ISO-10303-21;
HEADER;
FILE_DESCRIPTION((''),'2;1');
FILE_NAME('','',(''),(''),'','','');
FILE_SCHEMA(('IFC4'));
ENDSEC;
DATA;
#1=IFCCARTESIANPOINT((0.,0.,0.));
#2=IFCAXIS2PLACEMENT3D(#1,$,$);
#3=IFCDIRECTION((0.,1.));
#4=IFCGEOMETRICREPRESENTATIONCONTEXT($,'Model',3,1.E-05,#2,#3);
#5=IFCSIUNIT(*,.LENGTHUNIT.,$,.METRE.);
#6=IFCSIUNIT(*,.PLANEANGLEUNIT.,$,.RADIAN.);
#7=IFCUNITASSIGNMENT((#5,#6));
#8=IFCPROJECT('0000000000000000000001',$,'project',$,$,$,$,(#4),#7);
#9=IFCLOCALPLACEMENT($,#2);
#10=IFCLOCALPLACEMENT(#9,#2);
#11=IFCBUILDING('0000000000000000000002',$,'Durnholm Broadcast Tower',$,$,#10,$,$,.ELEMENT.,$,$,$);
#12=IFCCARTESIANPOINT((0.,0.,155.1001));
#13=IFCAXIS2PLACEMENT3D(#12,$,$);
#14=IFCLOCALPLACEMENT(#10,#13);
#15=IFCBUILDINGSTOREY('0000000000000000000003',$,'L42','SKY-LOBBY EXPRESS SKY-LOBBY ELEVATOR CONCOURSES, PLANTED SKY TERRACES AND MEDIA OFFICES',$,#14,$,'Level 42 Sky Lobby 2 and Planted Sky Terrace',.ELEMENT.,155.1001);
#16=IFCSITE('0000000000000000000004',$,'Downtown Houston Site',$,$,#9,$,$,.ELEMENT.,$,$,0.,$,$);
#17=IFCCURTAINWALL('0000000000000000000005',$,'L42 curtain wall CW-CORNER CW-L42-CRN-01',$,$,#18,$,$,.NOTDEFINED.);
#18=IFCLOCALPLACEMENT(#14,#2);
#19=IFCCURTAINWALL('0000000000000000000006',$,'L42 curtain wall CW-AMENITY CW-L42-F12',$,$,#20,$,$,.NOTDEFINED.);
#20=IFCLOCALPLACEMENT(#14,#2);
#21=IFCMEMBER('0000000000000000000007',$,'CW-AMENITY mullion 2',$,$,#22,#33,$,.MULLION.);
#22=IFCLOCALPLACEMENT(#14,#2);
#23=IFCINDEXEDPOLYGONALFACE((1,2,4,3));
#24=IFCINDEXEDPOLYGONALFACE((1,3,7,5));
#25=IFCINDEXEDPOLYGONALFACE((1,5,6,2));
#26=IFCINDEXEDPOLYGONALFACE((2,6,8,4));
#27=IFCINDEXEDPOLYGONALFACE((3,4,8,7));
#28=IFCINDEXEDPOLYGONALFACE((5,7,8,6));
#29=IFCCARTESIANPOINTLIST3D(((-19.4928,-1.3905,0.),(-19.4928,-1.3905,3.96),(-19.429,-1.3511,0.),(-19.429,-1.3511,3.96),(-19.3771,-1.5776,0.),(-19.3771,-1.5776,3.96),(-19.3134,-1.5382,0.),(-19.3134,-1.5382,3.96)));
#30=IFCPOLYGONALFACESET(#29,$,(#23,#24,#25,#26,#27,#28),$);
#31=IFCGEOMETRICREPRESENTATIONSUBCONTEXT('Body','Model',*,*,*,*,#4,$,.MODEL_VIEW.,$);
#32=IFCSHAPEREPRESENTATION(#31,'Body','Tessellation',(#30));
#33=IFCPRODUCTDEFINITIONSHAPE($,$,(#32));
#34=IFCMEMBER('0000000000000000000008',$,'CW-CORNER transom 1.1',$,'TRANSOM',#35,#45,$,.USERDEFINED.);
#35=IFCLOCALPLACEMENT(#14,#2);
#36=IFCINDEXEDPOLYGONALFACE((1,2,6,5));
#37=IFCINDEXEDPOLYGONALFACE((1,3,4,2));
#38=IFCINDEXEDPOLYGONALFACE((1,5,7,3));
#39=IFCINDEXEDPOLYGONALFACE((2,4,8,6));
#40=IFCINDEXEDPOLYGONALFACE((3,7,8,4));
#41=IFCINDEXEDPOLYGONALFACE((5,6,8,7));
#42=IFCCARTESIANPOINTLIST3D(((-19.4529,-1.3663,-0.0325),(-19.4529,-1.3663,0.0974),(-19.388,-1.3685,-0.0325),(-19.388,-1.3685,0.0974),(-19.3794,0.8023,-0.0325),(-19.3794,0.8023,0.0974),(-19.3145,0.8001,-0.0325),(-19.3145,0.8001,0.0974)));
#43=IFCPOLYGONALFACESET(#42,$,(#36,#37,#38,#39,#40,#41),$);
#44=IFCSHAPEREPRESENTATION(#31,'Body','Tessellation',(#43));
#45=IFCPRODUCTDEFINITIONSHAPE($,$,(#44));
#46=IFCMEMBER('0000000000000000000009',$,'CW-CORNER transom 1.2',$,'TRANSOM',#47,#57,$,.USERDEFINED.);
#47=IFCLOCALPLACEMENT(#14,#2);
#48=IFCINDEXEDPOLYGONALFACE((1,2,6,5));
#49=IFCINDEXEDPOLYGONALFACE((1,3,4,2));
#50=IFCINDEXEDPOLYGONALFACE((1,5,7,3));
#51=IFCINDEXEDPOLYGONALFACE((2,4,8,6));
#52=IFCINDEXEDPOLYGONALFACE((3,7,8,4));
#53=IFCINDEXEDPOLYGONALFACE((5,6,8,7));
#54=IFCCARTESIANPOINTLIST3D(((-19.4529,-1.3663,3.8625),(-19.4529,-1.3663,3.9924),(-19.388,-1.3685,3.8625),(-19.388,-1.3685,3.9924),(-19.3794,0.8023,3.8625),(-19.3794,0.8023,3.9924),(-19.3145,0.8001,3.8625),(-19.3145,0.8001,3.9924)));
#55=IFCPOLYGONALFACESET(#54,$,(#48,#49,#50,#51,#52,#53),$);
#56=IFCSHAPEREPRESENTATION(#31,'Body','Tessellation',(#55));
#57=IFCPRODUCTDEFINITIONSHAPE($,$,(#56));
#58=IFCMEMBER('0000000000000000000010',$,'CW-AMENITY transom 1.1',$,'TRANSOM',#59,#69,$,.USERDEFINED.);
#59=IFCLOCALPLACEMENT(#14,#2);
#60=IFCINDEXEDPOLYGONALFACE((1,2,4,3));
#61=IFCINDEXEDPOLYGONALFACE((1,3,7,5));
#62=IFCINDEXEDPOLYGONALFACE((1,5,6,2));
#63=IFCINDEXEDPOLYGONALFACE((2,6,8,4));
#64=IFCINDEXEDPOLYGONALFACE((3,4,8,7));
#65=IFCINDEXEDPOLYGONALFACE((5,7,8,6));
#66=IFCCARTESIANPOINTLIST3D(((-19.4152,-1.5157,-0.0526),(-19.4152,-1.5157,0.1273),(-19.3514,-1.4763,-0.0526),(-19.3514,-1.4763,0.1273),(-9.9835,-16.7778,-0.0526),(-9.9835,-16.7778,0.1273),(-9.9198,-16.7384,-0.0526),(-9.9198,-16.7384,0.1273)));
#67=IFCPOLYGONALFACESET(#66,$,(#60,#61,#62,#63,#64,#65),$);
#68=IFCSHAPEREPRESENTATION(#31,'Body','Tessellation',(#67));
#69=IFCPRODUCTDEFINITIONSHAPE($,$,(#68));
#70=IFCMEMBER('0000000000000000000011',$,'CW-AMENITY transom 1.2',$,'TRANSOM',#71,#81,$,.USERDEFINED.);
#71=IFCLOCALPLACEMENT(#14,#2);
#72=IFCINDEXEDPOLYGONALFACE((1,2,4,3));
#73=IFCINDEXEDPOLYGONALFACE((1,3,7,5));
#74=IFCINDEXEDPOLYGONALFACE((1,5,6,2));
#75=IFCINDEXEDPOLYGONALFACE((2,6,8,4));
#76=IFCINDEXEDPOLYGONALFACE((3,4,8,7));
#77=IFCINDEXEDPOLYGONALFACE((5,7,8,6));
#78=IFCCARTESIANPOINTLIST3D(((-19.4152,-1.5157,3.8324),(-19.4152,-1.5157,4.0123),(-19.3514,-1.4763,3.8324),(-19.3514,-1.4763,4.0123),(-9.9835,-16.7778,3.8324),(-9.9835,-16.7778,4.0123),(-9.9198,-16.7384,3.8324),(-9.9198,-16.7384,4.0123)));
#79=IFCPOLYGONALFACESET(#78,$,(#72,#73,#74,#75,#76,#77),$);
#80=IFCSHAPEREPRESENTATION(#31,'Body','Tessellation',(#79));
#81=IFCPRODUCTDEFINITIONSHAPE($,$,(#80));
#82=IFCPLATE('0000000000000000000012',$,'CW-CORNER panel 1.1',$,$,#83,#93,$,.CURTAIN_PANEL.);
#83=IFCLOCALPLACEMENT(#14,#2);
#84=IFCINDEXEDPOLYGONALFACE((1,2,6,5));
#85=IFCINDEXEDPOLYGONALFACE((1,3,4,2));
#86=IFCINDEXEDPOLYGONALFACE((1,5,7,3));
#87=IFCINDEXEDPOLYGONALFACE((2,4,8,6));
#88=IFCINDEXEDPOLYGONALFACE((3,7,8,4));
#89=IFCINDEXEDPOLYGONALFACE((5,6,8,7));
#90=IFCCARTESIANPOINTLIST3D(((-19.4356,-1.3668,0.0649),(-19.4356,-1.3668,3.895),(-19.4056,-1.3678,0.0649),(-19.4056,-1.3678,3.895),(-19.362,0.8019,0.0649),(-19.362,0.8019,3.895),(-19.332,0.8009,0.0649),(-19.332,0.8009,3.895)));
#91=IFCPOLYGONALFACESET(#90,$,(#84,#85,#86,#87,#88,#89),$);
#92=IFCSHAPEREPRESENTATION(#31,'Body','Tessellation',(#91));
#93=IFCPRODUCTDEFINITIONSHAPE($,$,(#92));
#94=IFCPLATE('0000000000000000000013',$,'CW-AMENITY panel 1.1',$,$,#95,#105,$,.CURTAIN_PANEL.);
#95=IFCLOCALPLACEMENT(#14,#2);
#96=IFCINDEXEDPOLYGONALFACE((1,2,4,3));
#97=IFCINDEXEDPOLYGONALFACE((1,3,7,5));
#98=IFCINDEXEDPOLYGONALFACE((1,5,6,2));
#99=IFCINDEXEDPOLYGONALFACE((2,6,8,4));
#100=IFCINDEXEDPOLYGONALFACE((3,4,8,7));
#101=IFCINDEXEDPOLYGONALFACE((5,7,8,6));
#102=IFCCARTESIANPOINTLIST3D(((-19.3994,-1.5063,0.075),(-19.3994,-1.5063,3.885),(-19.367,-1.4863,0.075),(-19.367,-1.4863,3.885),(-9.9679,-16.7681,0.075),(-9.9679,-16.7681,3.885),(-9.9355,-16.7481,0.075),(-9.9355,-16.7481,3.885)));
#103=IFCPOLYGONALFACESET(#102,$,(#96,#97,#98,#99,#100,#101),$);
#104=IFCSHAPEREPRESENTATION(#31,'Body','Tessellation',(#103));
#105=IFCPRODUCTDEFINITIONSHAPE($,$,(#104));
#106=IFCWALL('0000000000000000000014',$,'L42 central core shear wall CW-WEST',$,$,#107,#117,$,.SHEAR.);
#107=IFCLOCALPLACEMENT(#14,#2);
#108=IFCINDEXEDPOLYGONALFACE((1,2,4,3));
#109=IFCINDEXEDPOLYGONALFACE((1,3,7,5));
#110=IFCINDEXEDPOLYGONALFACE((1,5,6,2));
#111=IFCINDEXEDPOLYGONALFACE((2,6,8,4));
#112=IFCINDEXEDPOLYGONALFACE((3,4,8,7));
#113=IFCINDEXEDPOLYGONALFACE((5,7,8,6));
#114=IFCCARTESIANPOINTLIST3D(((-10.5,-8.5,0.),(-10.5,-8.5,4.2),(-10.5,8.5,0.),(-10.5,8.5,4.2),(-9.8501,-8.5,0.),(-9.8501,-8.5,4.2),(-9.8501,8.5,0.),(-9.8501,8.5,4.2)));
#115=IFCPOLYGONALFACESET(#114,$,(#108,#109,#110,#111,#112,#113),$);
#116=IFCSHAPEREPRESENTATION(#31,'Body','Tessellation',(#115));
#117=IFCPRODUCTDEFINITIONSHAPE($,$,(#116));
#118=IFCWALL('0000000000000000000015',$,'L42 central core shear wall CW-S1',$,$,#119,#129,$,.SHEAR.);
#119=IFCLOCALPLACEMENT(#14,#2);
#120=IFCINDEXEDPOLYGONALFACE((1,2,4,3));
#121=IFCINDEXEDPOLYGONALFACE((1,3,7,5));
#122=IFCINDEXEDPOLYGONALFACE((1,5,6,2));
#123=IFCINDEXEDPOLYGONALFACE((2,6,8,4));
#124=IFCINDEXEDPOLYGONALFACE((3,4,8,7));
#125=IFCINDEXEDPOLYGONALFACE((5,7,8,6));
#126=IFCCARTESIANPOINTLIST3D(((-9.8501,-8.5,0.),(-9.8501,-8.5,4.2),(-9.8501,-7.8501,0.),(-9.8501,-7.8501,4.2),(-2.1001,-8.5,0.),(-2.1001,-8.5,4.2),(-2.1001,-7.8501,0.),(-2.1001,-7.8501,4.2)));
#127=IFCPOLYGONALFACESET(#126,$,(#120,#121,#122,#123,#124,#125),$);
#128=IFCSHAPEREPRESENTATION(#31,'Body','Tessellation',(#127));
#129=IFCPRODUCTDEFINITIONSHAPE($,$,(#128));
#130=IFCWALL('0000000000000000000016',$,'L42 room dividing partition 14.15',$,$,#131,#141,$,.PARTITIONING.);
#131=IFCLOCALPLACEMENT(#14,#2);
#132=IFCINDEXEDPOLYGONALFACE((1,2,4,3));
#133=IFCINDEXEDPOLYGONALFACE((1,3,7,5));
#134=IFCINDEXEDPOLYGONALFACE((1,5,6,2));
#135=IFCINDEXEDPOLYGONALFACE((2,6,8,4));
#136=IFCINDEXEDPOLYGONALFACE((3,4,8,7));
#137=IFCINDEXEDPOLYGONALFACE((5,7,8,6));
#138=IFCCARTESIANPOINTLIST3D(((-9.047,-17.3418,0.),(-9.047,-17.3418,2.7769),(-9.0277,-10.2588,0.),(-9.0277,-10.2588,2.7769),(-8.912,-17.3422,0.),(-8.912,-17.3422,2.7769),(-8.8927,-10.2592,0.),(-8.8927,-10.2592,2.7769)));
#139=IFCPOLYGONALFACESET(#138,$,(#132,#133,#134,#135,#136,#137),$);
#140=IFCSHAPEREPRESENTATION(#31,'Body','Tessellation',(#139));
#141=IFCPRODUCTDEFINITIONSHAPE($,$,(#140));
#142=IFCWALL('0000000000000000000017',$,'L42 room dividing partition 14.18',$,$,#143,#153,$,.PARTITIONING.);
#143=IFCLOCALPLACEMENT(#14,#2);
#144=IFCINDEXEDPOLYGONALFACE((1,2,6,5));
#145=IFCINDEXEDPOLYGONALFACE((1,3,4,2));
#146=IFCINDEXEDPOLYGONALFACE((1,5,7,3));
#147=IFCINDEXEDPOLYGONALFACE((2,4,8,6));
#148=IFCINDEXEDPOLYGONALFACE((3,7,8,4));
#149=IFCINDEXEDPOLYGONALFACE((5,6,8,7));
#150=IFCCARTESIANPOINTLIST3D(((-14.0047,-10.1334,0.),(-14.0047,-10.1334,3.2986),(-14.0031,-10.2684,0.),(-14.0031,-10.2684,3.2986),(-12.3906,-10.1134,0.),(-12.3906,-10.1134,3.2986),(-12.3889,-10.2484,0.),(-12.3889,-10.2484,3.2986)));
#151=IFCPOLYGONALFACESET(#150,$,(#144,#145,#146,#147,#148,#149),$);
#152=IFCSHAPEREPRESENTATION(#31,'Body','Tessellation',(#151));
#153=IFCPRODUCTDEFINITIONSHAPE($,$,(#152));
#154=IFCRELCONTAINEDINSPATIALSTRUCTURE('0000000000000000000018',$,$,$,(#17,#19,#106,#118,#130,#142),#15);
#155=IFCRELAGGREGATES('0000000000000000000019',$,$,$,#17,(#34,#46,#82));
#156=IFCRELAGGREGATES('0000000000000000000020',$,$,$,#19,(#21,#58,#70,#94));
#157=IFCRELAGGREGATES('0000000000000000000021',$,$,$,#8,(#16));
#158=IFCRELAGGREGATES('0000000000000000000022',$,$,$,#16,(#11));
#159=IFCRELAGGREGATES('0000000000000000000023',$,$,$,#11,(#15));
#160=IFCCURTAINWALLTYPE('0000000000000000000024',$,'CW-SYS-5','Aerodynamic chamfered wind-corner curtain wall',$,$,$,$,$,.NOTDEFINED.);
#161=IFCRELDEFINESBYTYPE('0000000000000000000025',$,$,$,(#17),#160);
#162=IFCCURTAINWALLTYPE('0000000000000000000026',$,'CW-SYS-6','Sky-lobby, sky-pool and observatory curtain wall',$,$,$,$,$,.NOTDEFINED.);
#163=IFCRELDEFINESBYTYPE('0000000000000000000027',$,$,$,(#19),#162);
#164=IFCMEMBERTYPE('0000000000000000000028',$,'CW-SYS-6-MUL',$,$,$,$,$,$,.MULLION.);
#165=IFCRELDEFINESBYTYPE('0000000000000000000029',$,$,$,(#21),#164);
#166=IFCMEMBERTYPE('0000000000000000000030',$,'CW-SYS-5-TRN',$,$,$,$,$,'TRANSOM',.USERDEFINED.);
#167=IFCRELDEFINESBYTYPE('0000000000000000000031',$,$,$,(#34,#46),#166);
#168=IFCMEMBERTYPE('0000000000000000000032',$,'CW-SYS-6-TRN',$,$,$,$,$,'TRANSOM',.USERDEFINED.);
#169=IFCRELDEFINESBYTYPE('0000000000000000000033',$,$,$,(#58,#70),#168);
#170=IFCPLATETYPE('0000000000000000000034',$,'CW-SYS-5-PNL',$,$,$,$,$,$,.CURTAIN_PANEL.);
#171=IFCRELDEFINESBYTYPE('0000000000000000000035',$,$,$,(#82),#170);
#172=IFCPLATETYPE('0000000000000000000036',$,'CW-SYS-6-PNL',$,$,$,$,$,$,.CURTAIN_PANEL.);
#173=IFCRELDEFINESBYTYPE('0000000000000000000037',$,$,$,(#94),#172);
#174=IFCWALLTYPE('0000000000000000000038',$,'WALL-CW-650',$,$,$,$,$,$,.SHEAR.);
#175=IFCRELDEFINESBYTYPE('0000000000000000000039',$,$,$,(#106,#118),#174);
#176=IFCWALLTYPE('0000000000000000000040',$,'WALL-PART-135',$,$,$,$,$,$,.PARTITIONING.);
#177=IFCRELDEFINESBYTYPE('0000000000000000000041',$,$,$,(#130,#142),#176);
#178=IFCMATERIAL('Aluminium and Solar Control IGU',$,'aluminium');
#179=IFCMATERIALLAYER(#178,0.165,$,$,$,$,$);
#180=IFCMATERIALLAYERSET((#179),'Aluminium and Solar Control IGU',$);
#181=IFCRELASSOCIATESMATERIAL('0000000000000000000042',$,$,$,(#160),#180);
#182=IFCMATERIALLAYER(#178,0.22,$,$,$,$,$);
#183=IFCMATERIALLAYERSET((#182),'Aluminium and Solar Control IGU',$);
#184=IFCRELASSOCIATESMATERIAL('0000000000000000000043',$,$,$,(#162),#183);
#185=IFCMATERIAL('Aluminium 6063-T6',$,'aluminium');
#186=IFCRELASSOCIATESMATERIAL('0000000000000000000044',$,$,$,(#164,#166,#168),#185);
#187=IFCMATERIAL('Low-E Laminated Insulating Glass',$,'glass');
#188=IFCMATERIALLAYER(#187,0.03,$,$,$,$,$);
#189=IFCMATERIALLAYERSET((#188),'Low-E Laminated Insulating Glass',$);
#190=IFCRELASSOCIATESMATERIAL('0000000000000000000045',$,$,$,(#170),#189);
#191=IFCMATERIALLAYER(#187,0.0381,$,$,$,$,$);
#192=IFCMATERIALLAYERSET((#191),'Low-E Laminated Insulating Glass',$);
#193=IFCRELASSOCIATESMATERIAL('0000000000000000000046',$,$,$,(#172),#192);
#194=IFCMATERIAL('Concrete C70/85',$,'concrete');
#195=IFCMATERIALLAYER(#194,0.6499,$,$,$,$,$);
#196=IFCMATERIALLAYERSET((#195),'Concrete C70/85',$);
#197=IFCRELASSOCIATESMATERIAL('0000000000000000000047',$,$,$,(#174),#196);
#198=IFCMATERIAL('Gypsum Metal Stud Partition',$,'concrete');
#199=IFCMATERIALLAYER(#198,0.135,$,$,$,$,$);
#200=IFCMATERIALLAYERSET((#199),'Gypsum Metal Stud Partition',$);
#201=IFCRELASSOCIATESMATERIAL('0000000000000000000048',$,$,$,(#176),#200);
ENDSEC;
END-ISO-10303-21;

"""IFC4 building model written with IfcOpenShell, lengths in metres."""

from ifc_helpers import new_model, si_unit, direction, frame, frame_2d, origin, origin_2d, place, context, subcontext, project, spatial, rectangle, extrude, source, transform, mapped, material, layer, layer_set, material_profile, profile_set, type_object, type_shapes, element, aggregate, save


model = new_model("IFC4")

# Units and contexts
model_context = context("Model", 3, precision=1e-05, world=origin(), true_north=direction((0.0, 1.0)))
body_context = subcontext(model_context, "Body", "Model", "MODEL_VIEW")
ifc_project = project(units=[si_unit("LENGTHUNIT", "METRE"), si_unit("PLANEANGLEUNIT", "RADIAN")], contexts=[model_context])

# Site, building, storey
site_placement = place(None, origin())
site = spatial("IfcSite", under=ifc_project, at=site_placement, Name="Downtown Houston Site", CompositionType="ELEMENT", RefElevation=0.0)
building_placement = place(site_placement, origin())
building = spatial("IfcBuilding", under=site, at=building_placement, Name="Durnholm Broadcast Tower", CompositionType="ELEMENT")
storey_placement = place(building_placement, frame((0.0, 0.0, 155.1001)))
storey = spatial("IfcBuildingStorey", under=building, at=storey_placement, Name="L42", Description="SKY-LOBBY EXPRESS SKY-LOBBY ELEVATOR CONCOURSES, PLANTED SKY TERRACES AND MEDIA OFFICES", LongName="Level 42 Sky Lobby 2 and Planted Sky Terrace", CompositionType="ELEMENT", Elevation=155.1001)

# Shared definitions
ifc_material_1 = material(Name="Concrete C70/85", Category="concrete")

# Curtain wall
ifc_material_2 = material(Name="Aluminium and Solar Control IGU", Category="aluminium")
ifc_layer_1 = layer(ifc_material_2, 0.165)
ifc_layer_set_1 = layer_set([ifc_layer_1], Name="Aluminium and Solar Control IGU")
curtain_wall_type_1 = type_object("IfcCurtainWallType", Name="CW-SYS-5", Description="Aerodynamic chamfered wind-corner curtain wall", PredefinedType="NOTDEFINED", material=ifc_layer_set_1)
curtain_wall_1_placement = place(storey_placement, origin())
curtain_wall_1 = element("IfcCurtainWall", 1, at=curtain_wall_1_placement, inside=storey, type_object=curtain_wall_type_1, Name="L42 curtain wall CW-CORNER CW-L42-CRN-01", PredefinedType="NOTDEFINED")
ifc_material_3 = material(Name="Aluminium 6063-T6", Category="aluminium")

# Curtain wall, member
ifc_layer_2 = layer(ifc_material_2, 0.22)
ifc_layer_set_2 = layer_set([ifc_layer_2], Name="Aluminium and Solar Control IGU")
curtain_wall_type_2 = type_object("IfcCurtainWallType", Name="CW-SYS-6", Description="Sky-lobby, sky-pool and observatory curtain wall", PredefinedType="NOTDEFINED", material=ifc_layer_set_2)
curtain_wall_2_placement = place(storey_placement, origin())
curtain_wall_2 = element("IfcCurtainWall", 2, at=curtain_wall_2_placement, inside=storey, type_object=curtain_wall_type_2, Name="L42 curtain wall CW-AMENITY CW-L42-F12", PredefinedType="NOTDEFINED")
ifc_material_profile_1 = material_profile(ifc_material_3, rectangle(XDim=0.075, YDim=0.22, at=origin_2d()), Name="CWM75X220")
ifc_profile_set_1 = profile_set([ifc_material_profile_1], Name="Aluminium 6063-T6")
member_type_1 = type_object("IfcMemberType", Name="CW-SYS-6-MUL", PredefinedType="MULLION", material=ifc_profile_set_1)
shared_shape_1 = source(origin(), body_context, "Body", "SweptSolid", [
    extrude(rectangle(XDim=0.075, YDim=0.22, at=origin_2d()), origin(), (0.0, 0.0, 1.0), 3.96),
])
type_shapes(member_type_1, [shared_shape_1])
member_1_placement = place(storey_placement, frame((-19.4031, -1.4644, 0.0), z_axis=(0.0, 0.0, 1.0), x_axis=(-0.850671, -0.525698, 0.0)))
member_1 = element("IfcMember", 3, at=member_1_placement, type_object=member_type_1, Name="CW-AMENITY mullion 2", PredefinedType="MULLION", context=body_context, shape_type="MappedRepresentation", body=[
    mapped(shared_shape_1, transform((0.0, 0.0, 0.0), x_axis=(1.0, 0.0, 0.0), y_axis=(0.0, 1.0, 0.0), z_axis=(0.0, 0.0, 1.0), scale=1.0)),
])

# Members
ifc_material_profile_2 = material_profile(ifc_material_3, rectangle(XDim=0.0649, YDim=0.1299, at=origin_2d()), Name="CWT65X130")
ifc_profile_set_2 = profile_set([ifc_material_profile_2], Name="Aluminium 6063-T6")
member_type_2 = type_object("IfcMemberType", Name="CW-SYS-5-TRN", ElementType="TRANSOM", PredefinedType="USERDEFINED", material=ifc_profile_set_2)
shared_shape_2 = source(origin(), body_context, "Body", "SweptSolid", [
    extrude(rectangle(XDim=0.0649, YDim=0.1299, at=origin_2d()), origin(), (0.0, 0.0, 1.0), 2.1699),
])
type_shapes(member_type_2, [shared_shape_2])
member_2_placement = place(storey_placement, frame((-19.4204, -1.3674, 0.0325), z_axis=(0.033866, 0.999426, 0.0), x_axis=(-0.999426, 0.033866, 0.0)))
member_2 = element("IfcMember", 4, at=member_2_placement, type_object=member_type_2, Name="CW-CORNER transom 1.1", ObjectType="TRANSOM", PredefinedType="USERDEFINED", context=body_context, shape_type="MappedRepresentation", body=[
    mapped(shared_shape_2, transform((0.0, 0.0, 0.0), x_axis=(1.0, 0.0, 0.0), y_axis=(0.0, 1.0, 0.0), z_axis=(0.0, 0.0, 1.0), scale=1.0)),
])
member_3_placement = place(storey_placement, frame((-19.4204, -1.3674, 3.9275), z_axis=(0.033866, 0.999426, 0.0), x_axis=(-0.999426, 0.033866, 0.0)))
member_3 = element("IfcMember", 5, at=member_3_placement, type_object=member_type_2, Name="CW-CORNER transom 1.2", ObjectType="TRANSOM", PredefinedType="USERDEFINED", context=body_context, shape_type="MappedRepresentation", body=[
    mapped(shared_shape_2, transform((0.0, 0.0, 0.0), x_axis=(1.0, 0.0, 0.0), y_axis=(0.0, 1.0, 0.0), z_axis=(0.0, 0.0, 1.0), scale=1.0)),
])
ifc_material_profile_3 = material_profile(ifc_material_3, rectangle(XDim=0.075, YDim=0.1799, at=origin_2d()), Name="CWT75X180")
ifc_profile_set_3 = profile_set([ifc_material_profile_3], Name="Aluminium 6063-T6")
member_type_3 = type_object("IfcMemberType", Name="CW-SYS-6-TRN", ElementType="TRANSOM", PredefinedType="USERDEFINED", material=ifc_profile_set_3)
shared_shape_3 = source(origin(), body_context, "Body", "SweptSolid", [
    extrude(rectangle(XDim=0.075, YDim=0.1799, at=origin_2d()), origin(), (0.0, 0.0, 1.0), 17.9412),
])
type_shapes(member_type_3, [shared_shape_3])
member_4_placement = place(storey_placement, frame((-9.9517, -16.7581, 0.0374), z_axis=(-0.5257, 0.85067, 0.0), x_axis=(-0.85067, -0.5257, 0.0)))
member_4 = element("IfcMember", 6, at=member_4_placement, type_object=member_type_3, Name="CW-AMENITY transom 1.1", ObjectType="TRANSOM", PredefinedType="USERDEFINED", context=body_context, shape_type="MappedRepresentation", body=[
    mapped(shared_shape_3, transform((0.0, 0.0, 0.0), x_axis=(1.0, 0.0, 0.0), y_axis=(0.0, 1.0, 0.0), z_axis=(0.0, 0.0, 1.0), scale=1.0)),
])
member_5_placement = place(storey_placement, frame((-9.9517, -16.7581, 3.9224), z_axis=(-0.5257, 0.85067, 0.0), x_axis=(-0.85067, -0.5257, 0.0)))
member_5 = element("IfcMember", 7, at=member_5_placement, type_object=member_type_3, Name="CW-AMENITY transom 1.2", ObjectType="TRANSOM", PredefinedType="USERDEFINED", context=body_context, shape_type="MappedRepresentation", body=[
    mapped(shared_shape_3, transform((0.0, 0.0, 0.0), x_axis=(1.0, 0.0, 0.0), y_axis=(0.0, 1.0, 0.0), z_axis=(0.0, 0.0, 1.0), scale=1.0)),
])

# Plates
ifc_material_4 = material(Name="Low-E Laminated Insulating Glass", Category="glass")
ifc_layer_3 = layer(ifc_material_4, 0.03)
ifc_layer_set_3 = layer_set([ifc_layer_3], Name="Low-E Laminated Insulating Glass")
plate_type_1 = type_object("IfcPlateType", Name="CW-SYS-5-PNL", PredefinedType="CURTAIN_PANEL", material=ifc_layer_set_3)
shared_shape_4 = source(origin(), body_context, "Body", "SweptSolid", [
    extrude(rectangle(XDim=2.1699, YDim=0.03, at=origin_2d()), origin(), (0.0, 0.0, 1.0), 3.8301),
])
type_shapes(plate_type_1, [shared_shape_4])
plate_1_placement = place(storey_placement, frame((-19.3838, -0.283, 0.0649), z_axis=(0.0, 0.0, 1.0), x_axis=(0.033913, 0.999425, 0.0)))
plate_1 = element("IfcPlate", 8, at=plate_1_placement, type_object=plate_type_1, Name="CW-CORNER panel 1.1", PredefinedType="CURTAIN_PANEL", context=body_context, shape_type="MappedRepresentation", body=[
    mapped(shared_shape_4, transform((0.0, 0.0, 0.0), x_axis=(1.0, 0.0, 0.0), y_axis=(0.0, 1.0, 0.0), z_axis=(0.0, 0.0, 1.0), scale=1.0)),
])
aggregate(curtain_wall_1, [member_2, member_3, plate_1])
ifc_layer_4 = layer(ifc_material_4, 0.0381)
ifc_layer_set_4 = layer_set([ifc_layer_4], Name="Low-E Laminated Insulating Glass")
plate_type_2 = type_object("IfcPlateType", Name="CW-SYS-6-PNL", PredefinedType="CURTAIN_PANEL", material=ifc_layer_set_4)
shared_shape_5 = source(origin(), body_context, "Body", "SweptSolid", [
    extrude(rectangle(XDim=17.9409, YDim=0.0381, at=origin_2d()), origin(), (0.0, 0.0, 1.0), 3.8101),
])
type_shapes(plate_type_2, [shared_shape_5])
plate_2_placement = place(storey_placement, frame((-14.6675, -9.1272, 0.075), z_axis=(0.0, 0.0, 1.0), x_axis=(-0.525698, 0.850671, 0.0)))
plate_2 = element("IfcPlate", 9, at=plate_2_placement, type_object=plate_type_2, Name="CW-AMENITY panel 1.1", PredefinedType="CURTAIN_PANEL", context=body_context, shape_type="MappedRepresentation", body=[
    mapped(shared_shape_5, transform((0.0, 0.0, 0.0), x_axis=(1.0, 0.0, 0.0), y_axis=(0.0, 1.0, 0.0), z_axis=(0.0, 0.0, 1.0), scale=1.0)),
])
aggregate(curtain_wall_2, [member_1, member_4, member_5, plate_2])

# Walls
ifc_layer_5 = layer(ifc_material_1, 0.6499)
ifc_layer_set_5 = layer_set([ifc_layer_5], Name="Concrete C70/85")
wall_type_1 = type_object("IfcWallType", Name="WALL-CW-650", PredefinedType="SHEAR", material=ifc_layer_set_5)
wall_1_placement = place(storey_placement, frame((-10.175, -8.5, 0.0), z_axis=(0.0, 0.0, 1.0), x_axis=(0.0, 1.0, 0.0)))
element("IfcWall", 10, at=wall_1_placement, inside=storey, type_object=wall_type_1, Name="L42 central core shear wall CW-WEST", PredefinedType="SHEAR", context=body_context, shape_type="SweptSolid", body=[
    extrude(rectangle(XDim=17.0, YDim=0.6499, at=frame_2d((8.5, 0.0))), origin(), (0.0, 0.0, 1.0), 4.2),
])
wall_2_placement = place(storey_placement, frame((-9.8501, -8.175, 0.0), z_axis=(0.0, 0.0, 1.0), x_axis=(1.0, 0.0, 0.0)))
element("IfcWall", 11, at=wall_2_placement, inside=storey, type_object=wall_type_1, Name="L42 central core shear wall CW-S1", PredefinedType="SHEAR", context=body_context, shape_type="SweptSolid", body=[
    extrude(rectangle(XDim=7.75, YDim=0.6499, at=frame_2d((3.875, 0.0))), origin(), (0.0, 0.0, 1.0), 4.2),
])
ifc_material_5 = material(Name="Gypsum Metal Stud Partition", Category="concrete")
ifc_layer_6 = layer(ifc_material_5, 0.135)
ifc_layer_set_6 = layer_set([ifc_layer_6], Name="Gypsum Metal Stud Partition")
wall_type_2 = type_object("IfcWallType", Name="WALL-PART-135", PredefinedType="PARTITIONING", material=ifc_layer_set_6)
wall_3_placement = place(storey_placement, frame((-8.9602, -10.259, 0.0), z_axis=(0.0, 0.0, 1.0), x_axis=(-0.002723, -0.999996, 0.0)))
element("IfcWall", 12, at=wall_3_placement, inside=storey, type_object=wall_type_2, Name="L42 room dividing partition 14.15", PredefinedType="PARTITIONING", context=body_context, shape_type="SweptSolid", body=[
    extrude(rectangle(XDim=7.083, YDim=0.135, at=frame_2d((3.5415, 0.0))), origin(), (0.0, 0.0, 1.0), 2.7769),
])
wall_4_placement = place(storey_placement, frame((-14.0039, -10.2009, 0.0), z_axis=(0.0, 0.0, 1.0), x_axis=(0.999923, 0.012403, 0.0)))
element("IfcWall", 13, at=wall_4_placement, inside=storey, type_object=wall_type_2, Name="L42 room dividing partition 14.18", PredefinedType="PARTITIONING", context=body_context, shape_type="SweptSolid", body=[
    extrude(rectangle(XDim=1.6143, YDim=0.135, at=frame_2d((0.8071, 0.0))), origin(), (0.0, 0.0, 1.0), 3.2986),
])

save(model, "model.ifc")
